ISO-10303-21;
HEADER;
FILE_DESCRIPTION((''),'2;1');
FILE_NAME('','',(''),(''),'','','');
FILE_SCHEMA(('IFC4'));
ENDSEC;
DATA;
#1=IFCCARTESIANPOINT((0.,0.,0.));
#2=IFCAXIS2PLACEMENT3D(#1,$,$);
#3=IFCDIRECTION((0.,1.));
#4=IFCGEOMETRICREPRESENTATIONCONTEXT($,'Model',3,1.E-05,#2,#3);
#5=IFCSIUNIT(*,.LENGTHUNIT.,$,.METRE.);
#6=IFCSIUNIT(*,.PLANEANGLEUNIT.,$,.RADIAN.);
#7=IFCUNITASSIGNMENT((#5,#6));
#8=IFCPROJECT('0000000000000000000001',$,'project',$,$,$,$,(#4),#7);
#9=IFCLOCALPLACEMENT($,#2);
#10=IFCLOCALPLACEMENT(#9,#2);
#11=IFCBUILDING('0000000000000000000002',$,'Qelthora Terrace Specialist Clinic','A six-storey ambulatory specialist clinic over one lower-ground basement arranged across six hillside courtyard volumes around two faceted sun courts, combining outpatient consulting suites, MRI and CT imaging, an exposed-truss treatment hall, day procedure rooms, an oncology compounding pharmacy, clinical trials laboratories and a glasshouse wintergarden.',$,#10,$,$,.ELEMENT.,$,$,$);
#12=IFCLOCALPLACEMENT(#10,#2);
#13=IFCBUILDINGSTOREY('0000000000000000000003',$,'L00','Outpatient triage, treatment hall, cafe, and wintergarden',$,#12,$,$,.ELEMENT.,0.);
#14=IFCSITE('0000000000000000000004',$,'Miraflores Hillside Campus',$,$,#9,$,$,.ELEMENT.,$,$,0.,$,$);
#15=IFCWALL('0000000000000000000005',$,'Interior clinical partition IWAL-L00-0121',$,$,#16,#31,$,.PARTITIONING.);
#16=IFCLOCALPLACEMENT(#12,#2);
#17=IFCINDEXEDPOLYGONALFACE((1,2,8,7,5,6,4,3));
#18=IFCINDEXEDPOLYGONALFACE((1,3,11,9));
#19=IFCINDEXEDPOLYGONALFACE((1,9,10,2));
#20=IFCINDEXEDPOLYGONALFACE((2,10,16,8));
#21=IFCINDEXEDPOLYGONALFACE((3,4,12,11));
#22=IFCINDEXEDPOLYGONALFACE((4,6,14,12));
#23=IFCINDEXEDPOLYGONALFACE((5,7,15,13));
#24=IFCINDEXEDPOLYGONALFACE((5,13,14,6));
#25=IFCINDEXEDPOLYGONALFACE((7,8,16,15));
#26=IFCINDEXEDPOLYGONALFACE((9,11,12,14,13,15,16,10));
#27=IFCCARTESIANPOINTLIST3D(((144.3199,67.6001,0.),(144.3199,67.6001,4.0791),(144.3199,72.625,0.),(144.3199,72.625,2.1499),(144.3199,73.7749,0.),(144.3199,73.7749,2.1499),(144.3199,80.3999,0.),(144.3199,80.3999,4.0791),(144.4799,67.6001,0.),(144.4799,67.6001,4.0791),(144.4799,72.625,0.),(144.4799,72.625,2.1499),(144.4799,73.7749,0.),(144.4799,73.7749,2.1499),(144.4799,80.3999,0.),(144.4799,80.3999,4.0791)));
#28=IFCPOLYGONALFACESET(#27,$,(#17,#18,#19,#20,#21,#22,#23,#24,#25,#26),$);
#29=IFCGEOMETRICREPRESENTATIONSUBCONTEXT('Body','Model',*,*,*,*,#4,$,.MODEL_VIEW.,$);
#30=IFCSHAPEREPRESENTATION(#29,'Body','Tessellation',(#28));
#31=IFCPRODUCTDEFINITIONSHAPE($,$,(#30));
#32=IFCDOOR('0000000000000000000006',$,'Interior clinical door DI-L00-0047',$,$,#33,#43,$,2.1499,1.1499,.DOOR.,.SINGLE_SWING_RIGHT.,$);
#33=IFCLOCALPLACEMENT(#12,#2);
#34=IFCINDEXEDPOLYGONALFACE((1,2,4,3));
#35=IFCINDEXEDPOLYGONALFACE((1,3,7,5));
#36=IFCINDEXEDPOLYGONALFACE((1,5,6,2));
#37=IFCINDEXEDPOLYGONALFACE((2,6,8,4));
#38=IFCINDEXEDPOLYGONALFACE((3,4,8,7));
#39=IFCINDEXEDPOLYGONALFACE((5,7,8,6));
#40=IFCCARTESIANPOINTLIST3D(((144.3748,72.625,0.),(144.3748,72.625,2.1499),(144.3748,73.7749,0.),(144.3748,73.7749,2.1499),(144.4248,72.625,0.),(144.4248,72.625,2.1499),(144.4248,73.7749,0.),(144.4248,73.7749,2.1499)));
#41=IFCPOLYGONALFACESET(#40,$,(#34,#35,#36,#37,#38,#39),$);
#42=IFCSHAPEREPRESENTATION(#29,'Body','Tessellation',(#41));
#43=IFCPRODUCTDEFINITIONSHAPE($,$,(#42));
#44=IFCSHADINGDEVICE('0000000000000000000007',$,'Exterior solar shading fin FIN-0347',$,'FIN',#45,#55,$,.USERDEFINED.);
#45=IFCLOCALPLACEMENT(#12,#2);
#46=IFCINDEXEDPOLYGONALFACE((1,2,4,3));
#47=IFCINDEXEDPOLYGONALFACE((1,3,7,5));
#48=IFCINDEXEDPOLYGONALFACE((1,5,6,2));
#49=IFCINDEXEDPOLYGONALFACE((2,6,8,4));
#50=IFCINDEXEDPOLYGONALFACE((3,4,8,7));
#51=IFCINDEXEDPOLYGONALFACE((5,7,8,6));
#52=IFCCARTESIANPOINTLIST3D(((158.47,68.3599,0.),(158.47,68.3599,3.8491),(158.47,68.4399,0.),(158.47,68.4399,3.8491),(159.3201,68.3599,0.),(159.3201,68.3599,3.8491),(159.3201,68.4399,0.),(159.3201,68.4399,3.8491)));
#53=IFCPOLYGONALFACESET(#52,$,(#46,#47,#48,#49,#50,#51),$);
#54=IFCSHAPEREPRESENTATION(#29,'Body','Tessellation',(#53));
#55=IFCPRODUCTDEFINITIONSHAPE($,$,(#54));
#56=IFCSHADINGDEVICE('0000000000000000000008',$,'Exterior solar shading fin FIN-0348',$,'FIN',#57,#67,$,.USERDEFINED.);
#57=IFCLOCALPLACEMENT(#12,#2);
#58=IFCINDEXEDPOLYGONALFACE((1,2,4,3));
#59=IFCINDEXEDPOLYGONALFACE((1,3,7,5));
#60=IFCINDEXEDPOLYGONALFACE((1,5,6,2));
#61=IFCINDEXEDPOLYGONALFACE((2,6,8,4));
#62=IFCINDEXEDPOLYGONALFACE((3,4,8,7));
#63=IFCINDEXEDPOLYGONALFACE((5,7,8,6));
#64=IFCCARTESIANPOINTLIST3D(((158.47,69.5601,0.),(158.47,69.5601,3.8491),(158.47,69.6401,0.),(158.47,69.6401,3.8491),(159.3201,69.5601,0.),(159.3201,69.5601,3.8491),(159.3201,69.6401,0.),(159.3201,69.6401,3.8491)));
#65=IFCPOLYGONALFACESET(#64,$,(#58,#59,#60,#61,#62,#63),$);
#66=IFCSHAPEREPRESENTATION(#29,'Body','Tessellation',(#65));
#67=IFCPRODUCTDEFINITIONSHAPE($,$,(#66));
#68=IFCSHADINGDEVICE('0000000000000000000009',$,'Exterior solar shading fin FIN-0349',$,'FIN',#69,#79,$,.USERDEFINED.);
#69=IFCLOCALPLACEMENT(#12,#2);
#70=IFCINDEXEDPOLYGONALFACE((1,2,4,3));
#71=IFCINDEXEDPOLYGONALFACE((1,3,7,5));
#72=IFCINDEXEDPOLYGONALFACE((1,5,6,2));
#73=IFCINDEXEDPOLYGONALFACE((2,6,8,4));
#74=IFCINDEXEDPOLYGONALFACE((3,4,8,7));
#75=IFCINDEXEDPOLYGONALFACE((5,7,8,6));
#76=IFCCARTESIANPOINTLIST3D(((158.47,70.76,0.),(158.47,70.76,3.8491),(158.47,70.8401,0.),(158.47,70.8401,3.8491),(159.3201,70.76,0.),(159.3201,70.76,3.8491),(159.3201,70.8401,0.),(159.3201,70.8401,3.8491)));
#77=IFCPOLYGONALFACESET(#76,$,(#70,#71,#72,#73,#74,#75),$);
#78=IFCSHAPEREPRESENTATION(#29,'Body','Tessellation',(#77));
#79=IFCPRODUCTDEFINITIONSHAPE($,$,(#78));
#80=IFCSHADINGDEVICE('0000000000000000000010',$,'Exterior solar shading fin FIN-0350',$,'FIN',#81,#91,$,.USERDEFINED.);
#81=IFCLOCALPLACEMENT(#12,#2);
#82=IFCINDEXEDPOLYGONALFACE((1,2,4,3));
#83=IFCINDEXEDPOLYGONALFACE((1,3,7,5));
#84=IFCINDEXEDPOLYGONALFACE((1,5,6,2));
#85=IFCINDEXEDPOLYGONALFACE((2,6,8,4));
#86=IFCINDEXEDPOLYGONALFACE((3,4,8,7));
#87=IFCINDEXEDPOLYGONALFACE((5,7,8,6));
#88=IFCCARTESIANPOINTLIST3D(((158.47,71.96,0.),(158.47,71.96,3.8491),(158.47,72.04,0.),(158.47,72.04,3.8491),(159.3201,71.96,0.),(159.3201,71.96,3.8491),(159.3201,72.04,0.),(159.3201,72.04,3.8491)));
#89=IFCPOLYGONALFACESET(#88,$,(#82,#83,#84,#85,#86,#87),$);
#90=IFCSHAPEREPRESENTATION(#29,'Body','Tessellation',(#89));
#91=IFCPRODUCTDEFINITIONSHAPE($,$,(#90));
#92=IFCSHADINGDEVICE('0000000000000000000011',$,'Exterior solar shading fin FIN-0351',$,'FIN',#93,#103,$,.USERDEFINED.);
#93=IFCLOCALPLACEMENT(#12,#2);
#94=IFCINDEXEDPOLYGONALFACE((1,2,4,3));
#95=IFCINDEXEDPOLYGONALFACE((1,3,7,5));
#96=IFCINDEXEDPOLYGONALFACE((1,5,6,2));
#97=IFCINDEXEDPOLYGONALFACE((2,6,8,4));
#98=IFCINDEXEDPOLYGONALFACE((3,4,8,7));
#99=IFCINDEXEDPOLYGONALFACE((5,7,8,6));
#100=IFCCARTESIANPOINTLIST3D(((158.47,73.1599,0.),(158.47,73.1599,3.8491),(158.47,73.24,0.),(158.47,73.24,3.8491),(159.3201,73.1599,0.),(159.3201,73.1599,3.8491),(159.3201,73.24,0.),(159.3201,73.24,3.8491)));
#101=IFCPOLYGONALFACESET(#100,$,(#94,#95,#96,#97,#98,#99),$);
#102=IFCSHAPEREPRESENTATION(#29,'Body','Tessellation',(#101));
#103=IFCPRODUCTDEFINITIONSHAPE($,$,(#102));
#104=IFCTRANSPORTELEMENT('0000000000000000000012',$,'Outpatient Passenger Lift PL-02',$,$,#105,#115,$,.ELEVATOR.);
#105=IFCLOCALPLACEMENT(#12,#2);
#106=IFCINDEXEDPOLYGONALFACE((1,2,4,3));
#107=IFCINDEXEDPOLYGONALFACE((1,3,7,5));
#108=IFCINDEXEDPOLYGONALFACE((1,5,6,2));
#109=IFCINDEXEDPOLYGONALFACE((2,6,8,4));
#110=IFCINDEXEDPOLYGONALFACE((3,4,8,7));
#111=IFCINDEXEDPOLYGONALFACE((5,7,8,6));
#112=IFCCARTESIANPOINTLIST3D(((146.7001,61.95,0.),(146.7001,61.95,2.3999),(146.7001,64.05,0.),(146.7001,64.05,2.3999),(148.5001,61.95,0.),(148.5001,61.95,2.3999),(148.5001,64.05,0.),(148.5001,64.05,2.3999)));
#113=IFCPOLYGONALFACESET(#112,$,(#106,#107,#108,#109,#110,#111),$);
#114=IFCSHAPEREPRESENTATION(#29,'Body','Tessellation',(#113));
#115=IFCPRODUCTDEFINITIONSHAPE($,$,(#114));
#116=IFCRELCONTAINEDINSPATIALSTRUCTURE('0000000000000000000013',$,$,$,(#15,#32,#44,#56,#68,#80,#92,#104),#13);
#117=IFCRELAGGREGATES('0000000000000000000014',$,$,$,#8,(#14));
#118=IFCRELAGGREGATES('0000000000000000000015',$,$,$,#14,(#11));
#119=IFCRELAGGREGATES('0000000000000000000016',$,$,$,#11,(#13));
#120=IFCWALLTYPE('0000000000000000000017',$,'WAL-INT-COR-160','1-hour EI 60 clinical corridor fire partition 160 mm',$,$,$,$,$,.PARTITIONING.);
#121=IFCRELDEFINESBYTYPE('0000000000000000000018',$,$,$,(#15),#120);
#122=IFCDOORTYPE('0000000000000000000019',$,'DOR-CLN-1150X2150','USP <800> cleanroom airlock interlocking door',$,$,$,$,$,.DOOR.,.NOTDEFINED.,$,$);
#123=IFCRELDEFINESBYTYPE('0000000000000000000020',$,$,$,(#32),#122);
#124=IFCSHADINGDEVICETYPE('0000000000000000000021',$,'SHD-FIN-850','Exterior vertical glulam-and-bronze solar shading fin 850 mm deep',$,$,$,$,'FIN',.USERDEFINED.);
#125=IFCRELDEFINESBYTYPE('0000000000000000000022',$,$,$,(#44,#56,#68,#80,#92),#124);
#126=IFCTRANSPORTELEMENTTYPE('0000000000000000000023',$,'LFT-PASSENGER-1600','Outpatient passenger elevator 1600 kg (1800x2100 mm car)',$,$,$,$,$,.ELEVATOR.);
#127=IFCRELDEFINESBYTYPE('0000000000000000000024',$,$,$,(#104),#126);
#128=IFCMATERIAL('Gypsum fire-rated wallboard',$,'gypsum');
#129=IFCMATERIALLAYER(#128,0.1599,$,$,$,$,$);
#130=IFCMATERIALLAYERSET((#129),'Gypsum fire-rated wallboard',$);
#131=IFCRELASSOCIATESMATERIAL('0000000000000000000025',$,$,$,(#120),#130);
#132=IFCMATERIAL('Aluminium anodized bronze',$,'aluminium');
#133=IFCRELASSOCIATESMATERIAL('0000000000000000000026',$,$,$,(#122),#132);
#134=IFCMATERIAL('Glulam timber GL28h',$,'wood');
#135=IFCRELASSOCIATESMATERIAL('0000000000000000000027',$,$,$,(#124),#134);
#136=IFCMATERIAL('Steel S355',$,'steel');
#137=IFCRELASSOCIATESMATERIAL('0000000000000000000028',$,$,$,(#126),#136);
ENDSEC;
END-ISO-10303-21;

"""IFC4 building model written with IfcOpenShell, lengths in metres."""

from ifc_helpers import new_model, si_unit, direction, frame, frame_2d, origin, origin_2d, place, context, subcontext, project, spatial, rectangle, extrude, material, layer, layer_set, type_object, element, fill, save


model = new_model("IFC4")

# Units and contexts
model_context = context("Model", 3, precision=1e-05, world=origin(), true_north=direction((0.0, 1.0)))
body_context = subcontext(model_context, "Body", "Model", "MODEL_VIEW")
ifc_project = project(units=[si_unit("LENGTHUNIT", "METRE"), si_unit("PLANEANGLEUNIT", "RADIAN")], contexts=[model_context])

# Site, building, storey
site_placement = place(None, origin())
site = spatial("IfcSite", under=ifc_project, at=site_placement, Name="Miraflores Hillside Campus", CompositionType="ELEMENT", RefElevation=0.0)
building_placement = place(site_placement, origin())
building = spatial("IfcBuilding", under=site, at=building_placement, Name="Qelthora Terrace Specialist Clinic", Description="A six-storey ambulatory specialist clinic over one lower-ground basement arranged across six hillside courtyard volumes around two faceted sun courts, combining outpatient consulting suites, MRI and CT imaging, an exposed-truss treatment hall, day procedure rooms, an oncology compounding pharmacy, clinical trials laboratories and a glasshouse wintergarden.", CompositionType="ELEMENT")
storey_placement = place(building_placement, origin())
storey = spatial("IfcBuildingStorey", under=building, at=storey_placement, Name="L00", Description="Outpatient triage, treatment hall, cafe, and wintergarden", CompositionType="ELEMENT", Elevation=0.0)

# Shared definitions
ifc_material_1 = material(Name="Steel S355", Category="steel")

# Shared definitions
ifc_material_2 = material(Name="Aluminium anodized bronze", Category="aluminium")

# Shared definitions
ifc_material_3 = material(Name="Gypsum fire-rated wallboard", Category="gypsum")

# Wall, opening, door
ifc_layer_1 = layer(ifc_material_3, 0.1599)
ifc_layer_set_1 = layer_set([ifc_layer_1], Name="Gypsum fire-rated wallboard")
wall_type_1 = type_object("IfcWallType", Name="WAL-INT-COR-160", Description="1-hour EI 60 clinical corridor fire partition 160 mm", PredefinedType="PARTITIONING", material=ifc_layer_set_1)
wall_1_placement = place(storey_placement, frame((144.3999, 67.6001, 0.0), z_axis=(0.0, 0.0, 1.0), x_axis=(0.0, 1.0, 0.0)))
wall_1 = element("IfcWall", 1, at=wall_1_placement, inside=storey, type_object=wall_type_1, Name="Interior clinical partition IWAL-L00-0121", PredefinedType="PARTITIONING", context=body_context, shape_type="SweptSolid", body=[
    extrude(rectangle(XDim=12.7998, YDim=0.1599, at=frame_2d((6.3999, 0.0))), origin(), (0.0, 0.0, 1.0), 4.0791),
])
opening_1_placement = place(wall_1_placement, frame((5.0249, 0.0, 0.0)))
opening_1 = element("IfcOpeningElement", 2, at=opening_1_placement, cuts=wall_1, PredefinedType="OPENING", context=body_context, shape_type="SweptSolid", body=[
    extrude(rectangle(XDim=1.1499, YDim=2.1499, at=frame_2d((0.575, 1.075))), frame((0.0, 0.0898, 0.0), z_axis=(0.0, -1.0, 0.0), x_axis=(1.0, 0.0, 0.0)), (0.0, 0.0, 1.0), 0.1799),
])
door_type_1 = type_object("IfcDoorType", Name="DOR-CLN-1150X2150", Description="USP <800> cleanroom airlock interlocking door", OperationType="NOTDEFINED", PredefinedType="DOOR", material=ifc_material_2)
door_1_placement = place(opening_1_placement, frame((1.1499, 0.0, 0.0), z_axis=(0.0, 0.0, 1.0), x_axis=(-1.0, 0.0, 0.0)))
door_1 = element("IfcDoor", 3, at=door_1_placement, inside=storey, type_object=door_type_1, Name="Interior clinical door DI-L00-0047", OperationType="SINGLE_SWING_RIGHT", OverallHeight=2.1499, OverallWidth=1.1499, PredefinedType="DOOR", context=body_context, shape_type="SweptSolid", body=[
    extrude(rectangle(XDim=1.1499, YDim=2.1499, at=frame_2d((0.575, 1.075))), frame((0.0, 0.0249, 0.0), z_axis=(0.0, -1.0, 0.0), x_axis=(1.0, 0.0, 0.0)), (0.0, 0.0, 1.0), 0.05),
])
fill(opening_1, door_1)

# Shading devices
ifc_material_4 = material(Name="Glulam timber GL28h", Category="wood")
shading_device_type = type_object("IfcShadingDeviceType", Name="SHD-FIN-850", Description="Exterior vertical glulam-and-bronze solar shading fin 850 mm deep", ElementType="FIN", PredefinedType="USERDEFINED", material=ifc_material_4)
for number, where, z_axis, x_axis, name in (
    (4, (158.895, 68.3999, 0.0), (0.0, 0.0, 1.0), (1.0, 0.0, 0.0), "Exterior solar shading fin FIN-0347"),
    (5, (158.895, 69.6001, 0.0), (0.0, 0.0, 1.0), (1.0, 0.0, 0.0), "Exterior solar shading fin FIN-0348"),
    (6, (158.895, 70.8, 0.0), (0.0, 0.0, 1.0), (1.0, 0.0, 0.0), "Exterior solar shading fin FIN-0349"),
    (7, (158.895, 72.0, 0.0), (0.0, 0.0, 1.0), (1.0, 0.0, 0.0), "Exterior solar shading fin FIN-0350"),
    (8, (158.895, 73.2, 0.0), (0.0, 0.0, 1.0), (1.0, 0.0, 0.0), "Exterior solar shading fin FIN-0351"),
):
    element("IfcShadingDevice", number, at=place(storey_placement, frame(where, z_axis=z_axis, x_axis=x_axis)), inside=storey, type_object=shading_device_type, Name=name, ObjectType="FIN", PredefinedType="USERDEFINED", context=body_context, shape_type="SweptSolid", body=[
        extrude(rectangle(XDim=0.8501, YDim=0.0801, at=origin_2d()), origin(), (0.0, 0.0, 1.0), 3.8491),
    ])

# Transport element
transport_element_type = type_object("IfcTransportElementType", Name="LFT-PASSENGER-1600", Description="Outpatient passenger elevator 1600 kg (1800x2100 mm car)", PredefinedType="ELEVATOR", material=ifc_material_1)
transport_element_placement = place(storey_placement, frame((147.6001, 63.0, 0.0), z_axis=(0.0, 0.0, 1.0), x_axis=(1.0, 0.0, 0.0)))
element("IfcTransportElement", 9, at=transport_element_placement, inside=storey, type_object=transport_element_type, Name="Outpatient Passenger Lift PL-02", PredefinedType="ELEVATOR", context=body_context, shape_type="SweptSolid", body=[
    extrude(rectangle(XDim=1.8, YDim=2.1001, at=origin_2d()), origin(), (0.0, 0.0, 1.0), 2.3999),
])

save(model, "model.ifc")
